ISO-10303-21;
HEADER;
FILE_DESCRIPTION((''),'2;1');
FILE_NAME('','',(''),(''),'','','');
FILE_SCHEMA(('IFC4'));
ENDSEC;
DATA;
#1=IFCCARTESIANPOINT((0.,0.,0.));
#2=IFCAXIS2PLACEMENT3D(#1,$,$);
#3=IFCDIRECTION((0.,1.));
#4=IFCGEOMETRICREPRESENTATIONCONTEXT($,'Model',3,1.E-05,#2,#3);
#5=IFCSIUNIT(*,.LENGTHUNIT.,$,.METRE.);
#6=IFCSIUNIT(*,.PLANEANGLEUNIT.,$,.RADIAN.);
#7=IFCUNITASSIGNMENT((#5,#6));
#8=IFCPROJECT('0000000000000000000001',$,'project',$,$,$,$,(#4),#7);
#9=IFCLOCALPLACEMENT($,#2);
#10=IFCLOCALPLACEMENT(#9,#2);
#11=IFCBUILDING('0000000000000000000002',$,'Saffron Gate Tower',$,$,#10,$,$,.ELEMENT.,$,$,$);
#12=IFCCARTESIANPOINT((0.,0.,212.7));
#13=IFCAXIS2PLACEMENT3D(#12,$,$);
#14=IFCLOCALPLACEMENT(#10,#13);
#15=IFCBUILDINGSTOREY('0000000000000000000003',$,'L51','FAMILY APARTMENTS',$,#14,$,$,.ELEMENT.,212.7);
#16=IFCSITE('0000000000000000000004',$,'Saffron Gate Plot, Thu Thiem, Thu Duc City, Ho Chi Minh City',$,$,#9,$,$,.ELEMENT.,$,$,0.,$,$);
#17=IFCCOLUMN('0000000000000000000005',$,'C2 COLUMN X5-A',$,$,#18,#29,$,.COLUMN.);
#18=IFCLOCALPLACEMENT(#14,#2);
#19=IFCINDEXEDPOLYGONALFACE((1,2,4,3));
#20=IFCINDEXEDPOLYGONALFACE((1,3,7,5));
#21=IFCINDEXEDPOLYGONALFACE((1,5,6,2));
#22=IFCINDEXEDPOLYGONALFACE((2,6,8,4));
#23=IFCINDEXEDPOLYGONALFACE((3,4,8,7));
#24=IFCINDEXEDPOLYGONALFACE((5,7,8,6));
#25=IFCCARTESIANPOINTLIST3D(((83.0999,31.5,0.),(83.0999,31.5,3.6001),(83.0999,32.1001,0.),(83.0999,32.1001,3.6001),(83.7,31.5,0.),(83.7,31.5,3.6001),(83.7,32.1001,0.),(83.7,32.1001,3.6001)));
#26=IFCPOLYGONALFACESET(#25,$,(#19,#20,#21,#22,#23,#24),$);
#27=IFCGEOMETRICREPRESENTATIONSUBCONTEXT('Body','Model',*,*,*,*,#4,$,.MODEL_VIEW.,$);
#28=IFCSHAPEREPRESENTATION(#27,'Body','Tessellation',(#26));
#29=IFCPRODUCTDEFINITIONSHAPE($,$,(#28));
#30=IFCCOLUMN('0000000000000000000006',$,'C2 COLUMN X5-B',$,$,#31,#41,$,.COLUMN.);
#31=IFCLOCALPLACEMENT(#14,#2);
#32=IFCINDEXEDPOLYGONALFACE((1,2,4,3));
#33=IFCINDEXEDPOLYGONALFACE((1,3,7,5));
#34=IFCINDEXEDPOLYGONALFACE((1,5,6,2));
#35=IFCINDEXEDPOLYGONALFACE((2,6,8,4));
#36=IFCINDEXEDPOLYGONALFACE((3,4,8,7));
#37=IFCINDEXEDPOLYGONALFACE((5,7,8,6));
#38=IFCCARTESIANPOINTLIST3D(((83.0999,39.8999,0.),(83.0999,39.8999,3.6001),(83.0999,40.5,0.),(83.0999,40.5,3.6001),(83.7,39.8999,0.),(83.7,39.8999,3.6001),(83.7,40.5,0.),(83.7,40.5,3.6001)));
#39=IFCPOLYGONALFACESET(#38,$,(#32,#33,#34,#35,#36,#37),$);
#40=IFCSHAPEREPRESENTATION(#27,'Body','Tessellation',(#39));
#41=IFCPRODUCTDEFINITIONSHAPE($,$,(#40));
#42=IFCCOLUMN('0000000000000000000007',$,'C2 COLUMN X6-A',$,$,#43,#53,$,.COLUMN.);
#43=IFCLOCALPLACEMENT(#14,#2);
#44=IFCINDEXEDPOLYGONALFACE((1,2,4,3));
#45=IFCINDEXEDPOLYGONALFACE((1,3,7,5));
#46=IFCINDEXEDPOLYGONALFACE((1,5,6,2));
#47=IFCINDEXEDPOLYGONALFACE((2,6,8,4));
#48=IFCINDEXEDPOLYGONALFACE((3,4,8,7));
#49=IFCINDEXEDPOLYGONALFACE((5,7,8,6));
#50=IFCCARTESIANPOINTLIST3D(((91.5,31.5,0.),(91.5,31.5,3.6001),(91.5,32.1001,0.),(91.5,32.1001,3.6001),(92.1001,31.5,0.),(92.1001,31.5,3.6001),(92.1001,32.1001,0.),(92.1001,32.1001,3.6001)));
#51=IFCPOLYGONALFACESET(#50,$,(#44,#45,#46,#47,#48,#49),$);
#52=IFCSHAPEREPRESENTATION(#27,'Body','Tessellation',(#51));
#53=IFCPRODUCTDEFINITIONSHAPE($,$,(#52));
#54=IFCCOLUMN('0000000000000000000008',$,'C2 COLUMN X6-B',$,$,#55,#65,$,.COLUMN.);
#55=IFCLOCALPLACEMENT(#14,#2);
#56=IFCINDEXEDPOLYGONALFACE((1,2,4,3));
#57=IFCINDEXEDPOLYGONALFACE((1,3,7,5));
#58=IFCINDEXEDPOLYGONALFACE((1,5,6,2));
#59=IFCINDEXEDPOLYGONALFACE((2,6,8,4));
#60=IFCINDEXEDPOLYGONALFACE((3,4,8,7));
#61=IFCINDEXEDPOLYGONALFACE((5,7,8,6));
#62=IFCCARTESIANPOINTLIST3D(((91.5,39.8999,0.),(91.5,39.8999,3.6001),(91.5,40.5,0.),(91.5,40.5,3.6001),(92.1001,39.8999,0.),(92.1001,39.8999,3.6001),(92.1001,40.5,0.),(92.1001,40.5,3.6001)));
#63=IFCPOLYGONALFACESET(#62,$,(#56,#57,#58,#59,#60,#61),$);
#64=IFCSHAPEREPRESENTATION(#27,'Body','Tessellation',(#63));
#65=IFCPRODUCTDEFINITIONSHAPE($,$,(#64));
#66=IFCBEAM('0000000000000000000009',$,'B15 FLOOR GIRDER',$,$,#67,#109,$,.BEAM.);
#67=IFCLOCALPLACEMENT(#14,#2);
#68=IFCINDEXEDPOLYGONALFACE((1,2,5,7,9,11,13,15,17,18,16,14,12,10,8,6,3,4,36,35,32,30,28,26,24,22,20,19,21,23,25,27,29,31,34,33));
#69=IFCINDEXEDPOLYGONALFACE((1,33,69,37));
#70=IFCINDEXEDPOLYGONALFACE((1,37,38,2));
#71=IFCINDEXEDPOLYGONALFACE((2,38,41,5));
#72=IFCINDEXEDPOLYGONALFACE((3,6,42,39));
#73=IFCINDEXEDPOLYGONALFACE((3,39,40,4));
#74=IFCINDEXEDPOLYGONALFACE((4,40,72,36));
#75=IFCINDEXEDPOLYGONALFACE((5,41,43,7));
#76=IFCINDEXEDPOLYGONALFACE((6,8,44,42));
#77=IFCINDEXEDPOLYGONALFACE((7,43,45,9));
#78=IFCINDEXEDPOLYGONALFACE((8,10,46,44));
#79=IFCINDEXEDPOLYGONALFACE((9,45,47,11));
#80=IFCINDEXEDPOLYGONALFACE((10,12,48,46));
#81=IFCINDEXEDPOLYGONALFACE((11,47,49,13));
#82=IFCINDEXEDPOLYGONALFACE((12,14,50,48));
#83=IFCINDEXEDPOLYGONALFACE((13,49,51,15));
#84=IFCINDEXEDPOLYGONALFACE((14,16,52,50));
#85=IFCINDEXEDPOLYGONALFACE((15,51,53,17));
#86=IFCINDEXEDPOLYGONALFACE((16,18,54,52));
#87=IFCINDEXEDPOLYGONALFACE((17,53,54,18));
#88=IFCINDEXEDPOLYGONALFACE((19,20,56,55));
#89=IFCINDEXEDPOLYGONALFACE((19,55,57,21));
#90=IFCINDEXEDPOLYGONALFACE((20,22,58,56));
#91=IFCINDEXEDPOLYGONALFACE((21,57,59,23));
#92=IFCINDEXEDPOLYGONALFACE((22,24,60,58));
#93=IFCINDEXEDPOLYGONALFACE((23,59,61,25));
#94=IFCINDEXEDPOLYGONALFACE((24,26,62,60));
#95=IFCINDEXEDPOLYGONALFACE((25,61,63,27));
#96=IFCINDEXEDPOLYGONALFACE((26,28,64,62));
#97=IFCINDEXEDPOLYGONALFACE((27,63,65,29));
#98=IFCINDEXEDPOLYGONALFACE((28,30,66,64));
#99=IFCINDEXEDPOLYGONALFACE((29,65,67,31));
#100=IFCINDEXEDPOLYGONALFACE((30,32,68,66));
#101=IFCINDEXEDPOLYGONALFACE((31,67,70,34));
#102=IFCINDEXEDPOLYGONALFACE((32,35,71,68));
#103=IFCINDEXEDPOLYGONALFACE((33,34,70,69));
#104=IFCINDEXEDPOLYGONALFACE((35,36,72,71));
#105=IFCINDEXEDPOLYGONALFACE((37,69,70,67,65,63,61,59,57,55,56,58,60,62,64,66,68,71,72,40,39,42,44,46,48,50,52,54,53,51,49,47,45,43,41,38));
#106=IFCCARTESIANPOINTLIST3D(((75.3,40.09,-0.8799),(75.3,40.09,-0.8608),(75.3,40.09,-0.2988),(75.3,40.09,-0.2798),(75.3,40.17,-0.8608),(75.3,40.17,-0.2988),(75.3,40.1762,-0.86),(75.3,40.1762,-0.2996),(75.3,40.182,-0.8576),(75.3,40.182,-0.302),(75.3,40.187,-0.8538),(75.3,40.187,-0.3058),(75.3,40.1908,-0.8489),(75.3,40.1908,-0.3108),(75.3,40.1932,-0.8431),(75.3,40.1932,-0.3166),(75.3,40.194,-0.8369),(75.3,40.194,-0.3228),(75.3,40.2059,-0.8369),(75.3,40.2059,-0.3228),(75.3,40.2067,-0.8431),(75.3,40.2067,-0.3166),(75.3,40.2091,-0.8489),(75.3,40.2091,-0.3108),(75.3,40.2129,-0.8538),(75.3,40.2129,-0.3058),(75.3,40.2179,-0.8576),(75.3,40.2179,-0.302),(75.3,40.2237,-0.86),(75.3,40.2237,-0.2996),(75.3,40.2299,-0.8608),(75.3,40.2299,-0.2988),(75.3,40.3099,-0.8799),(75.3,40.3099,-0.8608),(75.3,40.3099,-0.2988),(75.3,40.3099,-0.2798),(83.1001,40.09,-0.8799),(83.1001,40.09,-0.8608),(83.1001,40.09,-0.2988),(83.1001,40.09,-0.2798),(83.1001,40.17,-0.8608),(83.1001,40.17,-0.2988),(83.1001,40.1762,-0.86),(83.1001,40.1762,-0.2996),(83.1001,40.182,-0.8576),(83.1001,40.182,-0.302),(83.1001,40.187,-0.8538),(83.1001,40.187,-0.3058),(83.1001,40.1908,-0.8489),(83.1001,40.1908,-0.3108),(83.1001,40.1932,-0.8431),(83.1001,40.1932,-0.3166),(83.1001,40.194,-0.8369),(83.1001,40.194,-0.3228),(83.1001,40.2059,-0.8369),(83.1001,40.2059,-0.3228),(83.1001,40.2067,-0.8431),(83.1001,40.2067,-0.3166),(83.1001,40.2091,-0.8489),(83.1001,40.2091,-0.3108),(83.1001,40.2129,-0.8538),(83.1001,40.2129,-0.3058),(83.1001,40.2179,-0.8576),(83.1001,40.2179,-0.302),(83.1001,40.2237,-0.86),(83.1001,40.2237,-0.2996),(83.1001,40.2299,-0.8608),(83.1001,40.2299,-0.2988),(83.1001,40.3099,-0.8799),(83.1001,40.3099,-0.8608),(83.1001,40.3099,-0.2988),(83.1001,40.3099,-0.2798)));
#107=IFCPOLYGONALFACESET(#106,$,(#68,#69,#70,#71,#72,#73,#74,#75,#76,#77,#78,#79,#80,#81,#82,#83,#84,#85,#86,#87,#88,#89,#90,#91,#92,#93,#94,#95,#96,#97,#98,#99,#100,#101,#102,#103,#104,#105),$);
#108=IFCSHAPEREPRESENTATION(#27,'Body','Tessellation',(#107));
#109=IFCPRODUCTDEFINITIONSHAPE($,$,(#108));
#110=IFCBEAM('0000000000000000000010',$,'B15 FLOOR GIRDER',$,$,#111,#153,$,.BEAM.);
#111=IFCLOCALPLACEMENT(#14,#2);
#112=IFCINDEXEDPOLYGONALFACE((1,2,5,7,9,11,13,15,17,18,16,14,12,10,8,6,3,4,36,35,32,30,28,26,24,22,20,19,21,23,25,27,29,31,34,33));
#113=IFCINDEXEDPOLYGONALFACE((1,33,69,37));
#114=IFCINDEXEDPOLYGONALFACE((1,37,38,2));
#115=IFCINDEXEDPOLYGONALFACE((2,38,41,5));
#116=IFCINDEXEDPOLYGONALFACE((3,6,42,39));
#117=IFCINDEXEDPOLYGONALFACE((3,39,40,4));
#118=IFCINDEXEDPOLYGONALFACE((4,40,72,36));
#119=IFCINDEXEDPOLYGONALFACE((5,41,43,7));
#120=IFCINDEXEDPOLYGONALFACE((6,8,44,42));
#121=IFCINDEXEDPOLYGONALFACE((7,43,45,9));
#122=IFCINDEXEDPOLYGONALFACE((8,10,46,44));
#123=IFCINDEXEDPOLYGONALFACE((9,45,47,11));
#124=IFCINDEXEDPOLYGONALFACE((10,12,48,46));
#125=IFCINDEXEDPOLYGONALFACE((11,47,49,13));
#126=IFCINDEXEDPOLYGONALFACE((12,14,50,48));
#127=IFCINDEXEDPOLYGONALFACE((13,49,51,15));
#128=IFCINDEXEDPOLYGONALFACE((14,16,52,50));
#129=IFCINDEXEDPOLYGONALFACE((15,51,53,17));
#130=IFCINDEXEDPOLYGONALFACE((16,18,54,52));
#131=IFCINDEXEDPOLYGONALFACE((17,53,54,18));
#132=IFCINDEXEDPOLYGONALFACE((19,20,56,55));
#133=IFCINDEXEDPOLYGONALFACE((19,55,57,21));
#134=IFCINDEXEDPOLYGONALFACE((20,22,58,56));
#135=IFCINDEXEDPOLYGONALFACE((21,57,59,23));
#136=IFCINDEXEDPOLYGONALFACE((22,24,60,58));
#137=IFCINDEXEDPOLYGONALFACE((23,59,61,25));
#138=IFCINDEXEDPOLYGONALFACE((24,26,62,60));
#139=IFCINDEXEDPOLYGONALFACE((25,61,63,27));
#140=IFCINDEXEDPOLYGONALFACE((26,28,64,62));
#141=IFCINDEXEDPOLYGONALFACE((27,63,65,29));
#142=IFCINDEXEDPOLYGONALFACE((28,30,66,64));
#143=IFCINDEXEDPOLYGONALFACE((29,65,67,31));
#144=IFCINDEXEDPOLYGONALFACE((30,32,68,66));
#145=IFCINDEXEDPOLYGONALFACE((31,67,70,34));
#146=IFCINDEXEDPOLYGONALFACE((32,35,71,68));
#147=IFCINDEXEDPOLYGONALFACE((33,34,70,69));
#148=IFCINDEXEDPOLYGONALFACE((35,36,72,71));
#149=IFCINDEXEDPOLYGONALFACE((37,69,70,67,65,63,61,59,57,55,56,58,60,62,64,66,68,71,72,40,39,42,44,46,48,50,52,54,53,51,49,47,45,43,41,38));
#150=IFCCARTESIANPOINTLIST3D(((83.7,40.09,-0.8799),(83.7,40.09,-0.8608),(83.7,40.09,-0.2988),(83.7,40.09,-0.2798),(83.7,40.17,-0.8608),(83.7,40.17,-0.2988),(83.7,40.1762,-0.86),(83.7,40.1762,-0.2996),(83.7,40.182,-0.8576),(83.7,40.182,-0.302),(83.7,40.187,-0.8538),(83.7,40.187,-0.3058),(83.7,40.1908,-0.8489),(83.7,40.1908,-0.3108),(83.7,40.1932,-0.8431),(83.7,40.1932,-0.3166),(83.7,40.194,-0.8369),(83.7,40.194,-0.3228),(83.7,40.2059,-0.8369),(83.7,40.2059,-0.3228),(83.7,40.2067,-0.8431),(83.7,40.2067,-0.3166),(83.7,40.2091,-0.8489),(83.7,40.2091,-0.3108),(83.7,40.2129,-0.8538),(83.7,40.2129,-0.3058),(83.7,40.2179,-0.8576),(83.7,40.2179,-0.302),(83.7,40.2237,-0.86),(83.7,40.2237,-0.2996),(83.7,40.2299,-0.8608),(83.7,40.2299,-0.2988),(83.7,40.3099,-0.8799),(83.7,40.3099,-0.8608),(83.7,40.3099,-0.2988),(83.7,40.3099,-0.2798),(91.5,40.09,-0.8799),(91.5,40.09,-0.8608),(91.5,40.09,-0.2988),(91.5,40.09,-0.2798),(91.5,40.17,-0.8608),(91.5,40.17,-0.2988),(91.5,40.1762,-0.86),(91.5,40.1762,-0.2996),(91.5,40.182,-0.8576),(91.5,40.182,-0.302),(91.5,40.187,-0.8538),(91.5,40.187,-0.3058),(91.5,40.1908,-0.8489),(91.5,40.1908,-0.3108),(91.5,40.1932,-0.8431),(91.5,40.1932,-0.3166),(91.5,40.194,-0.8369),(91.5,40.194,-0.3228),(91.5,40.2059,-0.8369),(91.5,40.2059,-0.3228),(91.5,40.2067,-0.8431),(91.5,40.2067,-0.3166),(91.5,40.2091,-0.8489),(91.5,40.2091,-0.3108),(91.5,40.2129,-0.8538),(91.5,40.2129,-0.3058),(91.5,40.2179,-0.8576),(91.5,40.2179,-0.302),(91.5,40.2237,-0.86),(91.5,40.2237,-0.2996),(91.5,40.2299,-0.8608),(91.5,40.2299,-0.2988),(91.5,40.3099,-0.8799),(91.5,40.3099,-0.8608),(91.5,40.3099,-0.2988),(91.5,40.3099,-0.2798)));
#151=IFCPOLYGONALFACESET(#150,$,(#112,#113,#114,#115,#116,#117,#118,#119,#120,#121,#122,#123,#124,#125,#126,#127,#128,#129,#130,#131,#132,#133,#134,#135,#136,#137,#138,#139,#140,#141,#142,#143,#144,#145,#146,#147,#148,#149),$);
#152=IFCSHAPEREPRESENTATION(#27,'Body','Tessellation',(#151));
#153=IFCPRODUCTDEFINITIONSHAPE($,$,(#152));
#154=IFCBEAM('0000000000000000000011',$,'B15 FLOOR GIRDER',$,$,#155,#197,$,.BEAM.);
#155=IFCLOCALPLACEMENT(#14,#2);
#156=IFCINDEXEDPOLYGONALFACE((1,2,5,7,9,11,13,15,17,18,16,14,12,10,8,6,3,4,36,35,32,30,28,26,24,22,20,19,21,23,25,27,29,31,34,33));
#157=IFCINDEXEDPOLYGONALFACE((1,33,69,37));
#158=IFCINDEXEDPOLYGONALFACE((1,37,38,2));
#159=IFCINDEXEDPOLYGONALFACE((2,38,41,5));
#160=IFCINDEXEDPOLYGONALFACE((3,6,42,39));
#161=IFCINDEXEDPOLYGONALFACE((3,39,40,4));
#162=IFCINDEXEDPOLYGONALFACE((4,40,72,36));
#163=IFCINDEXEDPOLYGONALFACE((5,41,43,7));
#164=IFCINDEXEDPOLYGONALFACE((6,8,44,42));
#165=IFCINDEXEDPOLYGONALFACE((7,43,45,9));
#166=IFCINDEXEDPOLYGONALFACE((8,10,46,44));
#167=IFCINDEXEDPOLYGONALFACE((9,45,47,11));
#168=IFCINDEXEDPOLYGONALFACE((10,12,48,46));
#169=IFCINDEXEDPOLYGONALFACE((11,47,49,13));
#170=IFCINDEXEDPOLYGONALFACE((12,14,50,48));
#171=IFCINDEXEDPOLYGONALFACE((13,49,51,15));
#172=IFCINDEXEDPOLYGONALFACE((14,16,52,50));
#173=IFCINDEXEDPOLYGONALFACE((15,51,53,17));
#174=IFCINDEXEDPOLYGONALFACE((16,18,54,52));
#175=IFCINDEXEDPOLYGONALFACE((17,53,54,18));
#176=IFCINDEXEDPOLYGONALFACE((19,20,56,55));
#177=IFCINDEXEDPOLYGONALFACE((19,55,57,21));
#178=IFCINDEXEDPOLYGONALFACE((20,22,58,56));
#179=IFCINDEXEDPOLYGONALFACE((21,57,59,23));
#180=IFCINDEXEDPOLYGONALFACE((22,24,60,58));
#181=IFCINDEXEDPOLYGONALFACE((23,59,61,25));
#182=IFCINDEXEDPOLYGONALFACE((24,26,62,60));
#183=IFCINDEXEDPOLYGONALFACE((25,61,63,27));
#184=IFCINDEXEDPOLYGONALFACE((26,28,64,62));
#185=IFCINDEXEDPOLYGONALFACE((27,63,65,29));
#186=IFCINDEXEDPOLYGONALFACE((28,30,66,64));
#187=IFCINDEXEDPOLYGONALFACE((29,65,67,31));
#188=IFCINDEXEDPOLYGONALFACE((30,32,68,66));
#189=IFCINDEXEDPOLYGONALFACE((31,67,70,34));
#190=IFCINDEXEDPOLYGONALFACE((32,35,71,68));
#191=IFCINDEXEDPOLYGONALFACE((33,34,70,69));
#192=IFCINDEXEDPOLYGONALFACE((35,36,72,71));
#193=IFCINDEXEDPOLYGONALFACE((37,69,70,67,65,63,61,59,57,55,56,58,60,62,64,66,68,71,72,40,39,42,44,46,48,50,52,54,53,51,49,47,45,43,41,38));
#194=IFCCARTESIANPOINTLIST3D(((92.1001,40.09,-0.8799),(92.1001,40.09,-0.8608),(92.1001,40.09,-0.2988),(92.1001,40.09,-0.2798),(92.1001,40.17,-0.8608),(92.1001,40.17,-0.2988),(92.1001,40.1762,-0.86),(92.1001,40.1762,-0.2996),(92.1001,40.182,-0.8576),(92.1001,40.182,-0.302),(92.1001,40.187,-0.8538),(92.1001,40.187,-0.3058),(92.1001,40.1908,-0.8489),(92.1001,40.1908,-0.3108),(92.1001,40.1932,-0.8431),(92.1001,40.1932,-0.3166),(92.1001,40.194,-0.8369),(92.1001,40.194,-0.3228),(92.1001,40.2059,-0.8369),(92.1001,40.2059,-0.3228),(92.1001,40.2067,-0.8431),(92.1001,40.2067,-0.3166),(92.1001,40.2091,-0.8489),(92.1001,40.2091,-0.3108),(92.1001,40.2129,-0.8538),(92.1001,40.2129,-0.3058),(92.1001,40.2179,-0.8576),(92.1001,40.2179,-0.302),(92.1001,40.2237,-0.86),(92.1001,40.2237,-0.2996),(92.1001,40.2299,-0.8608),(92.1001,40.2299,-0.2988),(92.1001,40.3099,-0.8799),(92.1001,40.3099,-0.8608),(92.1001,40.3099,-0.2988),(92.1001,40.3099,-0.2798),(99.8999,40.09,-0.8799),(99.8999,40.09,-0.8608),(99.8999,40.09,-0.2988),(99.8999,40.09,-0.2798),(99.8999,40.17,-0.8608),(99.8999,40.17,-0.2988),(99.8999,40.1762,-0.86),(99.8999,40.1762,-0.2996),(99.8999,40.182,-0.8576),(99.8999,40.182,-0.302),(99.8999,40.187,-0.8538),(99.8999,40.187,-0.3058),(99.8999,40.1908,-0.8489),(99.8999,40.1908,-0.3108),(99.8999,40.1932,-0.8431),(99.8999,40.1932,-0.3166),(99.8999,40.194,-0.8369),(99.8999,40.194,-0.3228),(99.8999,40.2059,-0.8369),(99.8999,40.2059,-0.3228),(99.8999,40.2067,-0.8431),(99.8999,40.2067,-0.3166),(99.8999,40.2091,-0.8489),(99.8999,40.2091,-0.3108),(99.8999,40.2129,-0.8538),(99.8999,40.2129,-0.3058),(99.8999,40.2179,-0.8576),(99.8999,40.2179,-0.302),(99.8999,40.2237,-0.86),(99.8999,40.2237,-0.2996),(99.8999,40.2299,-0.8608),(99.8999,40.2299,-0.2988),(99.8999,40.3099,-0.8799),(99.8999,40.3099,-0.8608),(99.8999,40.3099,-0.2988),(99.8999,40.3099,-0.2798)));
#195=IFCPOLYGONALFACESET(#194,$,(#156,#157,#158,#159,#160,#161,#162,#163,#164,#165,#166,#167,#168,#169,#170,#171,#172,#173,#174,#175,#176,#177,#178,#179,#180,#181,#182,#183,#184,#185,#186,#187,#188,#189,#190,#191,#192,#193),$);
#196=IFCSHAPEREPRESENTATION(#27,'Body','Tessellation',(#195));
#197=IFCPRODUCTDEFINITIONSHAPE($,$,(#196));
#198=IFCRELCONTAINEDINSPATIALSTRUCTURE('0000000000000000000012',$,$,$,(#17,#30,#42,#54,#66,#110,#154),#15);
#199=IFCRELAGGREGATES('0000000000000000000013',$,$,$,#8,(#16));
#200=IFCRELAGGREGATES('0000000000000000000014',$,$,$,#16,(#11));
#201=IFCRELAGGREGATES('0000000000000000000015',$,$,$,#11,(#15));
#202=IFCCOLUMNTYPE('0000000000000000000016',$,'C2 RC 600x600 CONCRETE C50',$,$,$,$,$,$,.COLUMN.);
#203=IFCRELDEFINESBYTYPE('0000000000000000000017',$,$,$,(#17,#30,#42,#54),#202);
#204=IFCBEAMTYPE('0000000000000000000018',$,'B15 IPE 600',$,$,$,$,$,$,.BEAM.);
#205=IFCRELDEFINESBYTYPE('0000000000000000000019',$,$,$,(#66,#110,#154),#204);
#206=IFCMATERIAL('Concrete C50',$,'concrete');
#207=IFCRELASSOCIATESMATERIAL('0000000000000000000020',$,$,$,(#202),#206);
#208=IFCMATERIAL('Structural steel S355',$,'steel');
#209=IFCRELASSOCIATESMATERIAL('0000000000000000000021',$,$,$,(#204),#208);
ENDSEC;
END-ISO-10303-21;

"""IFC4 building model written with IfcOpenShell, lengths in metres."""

from ifc_helpers import new_model, si_unit, direction, frame, origin, origin_2d, place, context, subcontext, project, spatial, rectangle, i_section, extrude, material, material_profile, profile_set, type_object, element, save


model = new_model("IFC4")

# Units and contexts
model_context = context("Model", 3, precision=1e-05, world=origin(), true_north=direction((0.0, 1.0)))
body_context = subcontext(model_context, "Body", "Model", "MODEL_VIEW")
ifc_project = project(units=[si_unit("LENGTHUNIT", "METRE"), si_unit("PLANEANGLEUNIT", "RADIAN")], contexts=[model_context])

# Site, building, storey
site_placement = place(None, origin())
site = spatial("IfcSite", under=ifc_project, at=site_placement, Name="Saffron Gate Plot, Thu Thiem, Thu Duc City, Ho Chi Minh City", CompositionType="ELEMENT", RefElevation=0.0)
building_placement = place(site_placement, origin())
building = spatial("IfcBuilding", under=site, at=building_placement, Name="Saffron Gate Tower", CompositionType="ELEMENT")
storey_placement = place(building_placement, frame((0.0, 0.0, 212.7)))
storey = spatial("IfcBuildingStorey", under=building, at=storey_placement, Name="L51", Description="FAMILY APARTMENTS", CompositionType="ELEMENT", Elevation=212.7)

# Columns
ifc_material_1 = material(Name="Concrete C50", Category="concrete")
ifc_material_profile_1 = material_profile(ifc_material_1, rectangle(XDim=0.6001, YDim=0.6001, at=origin_2d()))
ifc_profile_set_1 = profile_set([ifc_material_profile_1], Name="Concrete C50")
column_type = type_object("IfcColumnType", Name="C2 RC 600x600 CONCRETE C50", PredefinedType="COLUMN", material=ifc_profile_set_1)
for number, where, z_axis, x_axis, name in (
    (1, (83.3999, 31.8, 0.0), (0.0, 0.0, 1.0), (1.0, 0.0, 0.0), "C2 COLUMN X5-A"),
    (2, (83.3999, 40.2, 0.0), (0.0, 0.0, 1.0), (1.0, 0.0, 0.0), "C2 COLUMN X5-B"),
    (3, (91.8, 31.8, 0.0), (0.0, 0.0, 1.0), (1.0, 0.0, 0.0), "C2 COLUMN X6-A"),
    (4, (91.8, 40.2, 0.0), (0.0, 0.0, 1.0), (1.0, 0.0, 0.0), "C2 COLUMN X6-B"),
):
    element("IfcColumn", number, at=place(storey_placement, frame(where, z_axis=z_axis, x_axis=x_axis)), inside=storey, type_object=column_type, Name=name, PredefinedType="COLUMN", context=body_context, shape_type="SweptSolid", body=[
        extrude(rectangle(XDim=0.6001, YDim=0.6001, at=origin_2d()), origin(), (0.0, 0.0, 1.0), 3.6001),
    ])

# Beams
ifc_material_2 = material(Name="Structural steel S355", Category="steel")
ifc_material_profile_2 = material_profile(ifc_material_2, i_section(OverallWidth=0.22, OverallDepth=0.6001, WebThickness=0.012, FlangeThickness=0.019, FilletRadius=0.0239, at=origin_2d()))
ifc_profile_set_2 = profile_set([ifc_material_profile_2], Name="Structural steel S355")
beam_type_1 = type_object("IfcBeamType", Name="B15 IPE 600", PredefinedType="BEAM", material=ifc_profile_set_2)
for number, where, z_axis, x_axis, name in (
    (5, (75.3, 40.2, -0.5798), (1.0, 0.0, 0.0), (0.0, 1.0, 0.0), "B15 FLOOR GIRDER"),
    (6, (83.7, 40.2, -0.5798), (1.0, 0.0, 0.0), (0.0, 1.0, 0.0), "B15 FLOOR GIRDER"),
):
    element("IfcBeam", number, at=place(storey_placement, frame(where, z_axis=z_axis, x_axis=x_axis)), inside=storey, type_object=beam_type_1, Name=name, PredefinedType="BEAM", context=body_context, shape_type="SweptSolid", body=[
        extrude(i_section(OverallWidth=0.22, OverallDepth=0.6001, WebThickness=0.012, FlangeThickness=0.019, FilletRadius=0.0239, at=origin_2d()), origin(), (0.0, 0.0, 1.0), 7.8),
    ])
beam_1_placement = place(storey_placement, frame((92.1001, 40.2, -0.5798), z_axis=(1.0, 0.0, 0.0), x_axis=(0.0, 1.0, 0.0)))
element("IfcBeam", 7, at=beam_1_placement, inside=storey, type_object=beam_type_1, Name="B15 FLOOR GIRDER", PredefinedType="BEAM", context=body_context, shape_type="SweptSolid", body=[
    extrude(i_section(OverallWidth=0.22, OverallDepth=0.6001, WebThickness=0.012, FlangeThickness=0.019, FilletRadius=0.0239, at=origin_2d()), origin(), (0.0, 0.0, 1.0), 7.7998),
])

save(model, "model.ifc")
